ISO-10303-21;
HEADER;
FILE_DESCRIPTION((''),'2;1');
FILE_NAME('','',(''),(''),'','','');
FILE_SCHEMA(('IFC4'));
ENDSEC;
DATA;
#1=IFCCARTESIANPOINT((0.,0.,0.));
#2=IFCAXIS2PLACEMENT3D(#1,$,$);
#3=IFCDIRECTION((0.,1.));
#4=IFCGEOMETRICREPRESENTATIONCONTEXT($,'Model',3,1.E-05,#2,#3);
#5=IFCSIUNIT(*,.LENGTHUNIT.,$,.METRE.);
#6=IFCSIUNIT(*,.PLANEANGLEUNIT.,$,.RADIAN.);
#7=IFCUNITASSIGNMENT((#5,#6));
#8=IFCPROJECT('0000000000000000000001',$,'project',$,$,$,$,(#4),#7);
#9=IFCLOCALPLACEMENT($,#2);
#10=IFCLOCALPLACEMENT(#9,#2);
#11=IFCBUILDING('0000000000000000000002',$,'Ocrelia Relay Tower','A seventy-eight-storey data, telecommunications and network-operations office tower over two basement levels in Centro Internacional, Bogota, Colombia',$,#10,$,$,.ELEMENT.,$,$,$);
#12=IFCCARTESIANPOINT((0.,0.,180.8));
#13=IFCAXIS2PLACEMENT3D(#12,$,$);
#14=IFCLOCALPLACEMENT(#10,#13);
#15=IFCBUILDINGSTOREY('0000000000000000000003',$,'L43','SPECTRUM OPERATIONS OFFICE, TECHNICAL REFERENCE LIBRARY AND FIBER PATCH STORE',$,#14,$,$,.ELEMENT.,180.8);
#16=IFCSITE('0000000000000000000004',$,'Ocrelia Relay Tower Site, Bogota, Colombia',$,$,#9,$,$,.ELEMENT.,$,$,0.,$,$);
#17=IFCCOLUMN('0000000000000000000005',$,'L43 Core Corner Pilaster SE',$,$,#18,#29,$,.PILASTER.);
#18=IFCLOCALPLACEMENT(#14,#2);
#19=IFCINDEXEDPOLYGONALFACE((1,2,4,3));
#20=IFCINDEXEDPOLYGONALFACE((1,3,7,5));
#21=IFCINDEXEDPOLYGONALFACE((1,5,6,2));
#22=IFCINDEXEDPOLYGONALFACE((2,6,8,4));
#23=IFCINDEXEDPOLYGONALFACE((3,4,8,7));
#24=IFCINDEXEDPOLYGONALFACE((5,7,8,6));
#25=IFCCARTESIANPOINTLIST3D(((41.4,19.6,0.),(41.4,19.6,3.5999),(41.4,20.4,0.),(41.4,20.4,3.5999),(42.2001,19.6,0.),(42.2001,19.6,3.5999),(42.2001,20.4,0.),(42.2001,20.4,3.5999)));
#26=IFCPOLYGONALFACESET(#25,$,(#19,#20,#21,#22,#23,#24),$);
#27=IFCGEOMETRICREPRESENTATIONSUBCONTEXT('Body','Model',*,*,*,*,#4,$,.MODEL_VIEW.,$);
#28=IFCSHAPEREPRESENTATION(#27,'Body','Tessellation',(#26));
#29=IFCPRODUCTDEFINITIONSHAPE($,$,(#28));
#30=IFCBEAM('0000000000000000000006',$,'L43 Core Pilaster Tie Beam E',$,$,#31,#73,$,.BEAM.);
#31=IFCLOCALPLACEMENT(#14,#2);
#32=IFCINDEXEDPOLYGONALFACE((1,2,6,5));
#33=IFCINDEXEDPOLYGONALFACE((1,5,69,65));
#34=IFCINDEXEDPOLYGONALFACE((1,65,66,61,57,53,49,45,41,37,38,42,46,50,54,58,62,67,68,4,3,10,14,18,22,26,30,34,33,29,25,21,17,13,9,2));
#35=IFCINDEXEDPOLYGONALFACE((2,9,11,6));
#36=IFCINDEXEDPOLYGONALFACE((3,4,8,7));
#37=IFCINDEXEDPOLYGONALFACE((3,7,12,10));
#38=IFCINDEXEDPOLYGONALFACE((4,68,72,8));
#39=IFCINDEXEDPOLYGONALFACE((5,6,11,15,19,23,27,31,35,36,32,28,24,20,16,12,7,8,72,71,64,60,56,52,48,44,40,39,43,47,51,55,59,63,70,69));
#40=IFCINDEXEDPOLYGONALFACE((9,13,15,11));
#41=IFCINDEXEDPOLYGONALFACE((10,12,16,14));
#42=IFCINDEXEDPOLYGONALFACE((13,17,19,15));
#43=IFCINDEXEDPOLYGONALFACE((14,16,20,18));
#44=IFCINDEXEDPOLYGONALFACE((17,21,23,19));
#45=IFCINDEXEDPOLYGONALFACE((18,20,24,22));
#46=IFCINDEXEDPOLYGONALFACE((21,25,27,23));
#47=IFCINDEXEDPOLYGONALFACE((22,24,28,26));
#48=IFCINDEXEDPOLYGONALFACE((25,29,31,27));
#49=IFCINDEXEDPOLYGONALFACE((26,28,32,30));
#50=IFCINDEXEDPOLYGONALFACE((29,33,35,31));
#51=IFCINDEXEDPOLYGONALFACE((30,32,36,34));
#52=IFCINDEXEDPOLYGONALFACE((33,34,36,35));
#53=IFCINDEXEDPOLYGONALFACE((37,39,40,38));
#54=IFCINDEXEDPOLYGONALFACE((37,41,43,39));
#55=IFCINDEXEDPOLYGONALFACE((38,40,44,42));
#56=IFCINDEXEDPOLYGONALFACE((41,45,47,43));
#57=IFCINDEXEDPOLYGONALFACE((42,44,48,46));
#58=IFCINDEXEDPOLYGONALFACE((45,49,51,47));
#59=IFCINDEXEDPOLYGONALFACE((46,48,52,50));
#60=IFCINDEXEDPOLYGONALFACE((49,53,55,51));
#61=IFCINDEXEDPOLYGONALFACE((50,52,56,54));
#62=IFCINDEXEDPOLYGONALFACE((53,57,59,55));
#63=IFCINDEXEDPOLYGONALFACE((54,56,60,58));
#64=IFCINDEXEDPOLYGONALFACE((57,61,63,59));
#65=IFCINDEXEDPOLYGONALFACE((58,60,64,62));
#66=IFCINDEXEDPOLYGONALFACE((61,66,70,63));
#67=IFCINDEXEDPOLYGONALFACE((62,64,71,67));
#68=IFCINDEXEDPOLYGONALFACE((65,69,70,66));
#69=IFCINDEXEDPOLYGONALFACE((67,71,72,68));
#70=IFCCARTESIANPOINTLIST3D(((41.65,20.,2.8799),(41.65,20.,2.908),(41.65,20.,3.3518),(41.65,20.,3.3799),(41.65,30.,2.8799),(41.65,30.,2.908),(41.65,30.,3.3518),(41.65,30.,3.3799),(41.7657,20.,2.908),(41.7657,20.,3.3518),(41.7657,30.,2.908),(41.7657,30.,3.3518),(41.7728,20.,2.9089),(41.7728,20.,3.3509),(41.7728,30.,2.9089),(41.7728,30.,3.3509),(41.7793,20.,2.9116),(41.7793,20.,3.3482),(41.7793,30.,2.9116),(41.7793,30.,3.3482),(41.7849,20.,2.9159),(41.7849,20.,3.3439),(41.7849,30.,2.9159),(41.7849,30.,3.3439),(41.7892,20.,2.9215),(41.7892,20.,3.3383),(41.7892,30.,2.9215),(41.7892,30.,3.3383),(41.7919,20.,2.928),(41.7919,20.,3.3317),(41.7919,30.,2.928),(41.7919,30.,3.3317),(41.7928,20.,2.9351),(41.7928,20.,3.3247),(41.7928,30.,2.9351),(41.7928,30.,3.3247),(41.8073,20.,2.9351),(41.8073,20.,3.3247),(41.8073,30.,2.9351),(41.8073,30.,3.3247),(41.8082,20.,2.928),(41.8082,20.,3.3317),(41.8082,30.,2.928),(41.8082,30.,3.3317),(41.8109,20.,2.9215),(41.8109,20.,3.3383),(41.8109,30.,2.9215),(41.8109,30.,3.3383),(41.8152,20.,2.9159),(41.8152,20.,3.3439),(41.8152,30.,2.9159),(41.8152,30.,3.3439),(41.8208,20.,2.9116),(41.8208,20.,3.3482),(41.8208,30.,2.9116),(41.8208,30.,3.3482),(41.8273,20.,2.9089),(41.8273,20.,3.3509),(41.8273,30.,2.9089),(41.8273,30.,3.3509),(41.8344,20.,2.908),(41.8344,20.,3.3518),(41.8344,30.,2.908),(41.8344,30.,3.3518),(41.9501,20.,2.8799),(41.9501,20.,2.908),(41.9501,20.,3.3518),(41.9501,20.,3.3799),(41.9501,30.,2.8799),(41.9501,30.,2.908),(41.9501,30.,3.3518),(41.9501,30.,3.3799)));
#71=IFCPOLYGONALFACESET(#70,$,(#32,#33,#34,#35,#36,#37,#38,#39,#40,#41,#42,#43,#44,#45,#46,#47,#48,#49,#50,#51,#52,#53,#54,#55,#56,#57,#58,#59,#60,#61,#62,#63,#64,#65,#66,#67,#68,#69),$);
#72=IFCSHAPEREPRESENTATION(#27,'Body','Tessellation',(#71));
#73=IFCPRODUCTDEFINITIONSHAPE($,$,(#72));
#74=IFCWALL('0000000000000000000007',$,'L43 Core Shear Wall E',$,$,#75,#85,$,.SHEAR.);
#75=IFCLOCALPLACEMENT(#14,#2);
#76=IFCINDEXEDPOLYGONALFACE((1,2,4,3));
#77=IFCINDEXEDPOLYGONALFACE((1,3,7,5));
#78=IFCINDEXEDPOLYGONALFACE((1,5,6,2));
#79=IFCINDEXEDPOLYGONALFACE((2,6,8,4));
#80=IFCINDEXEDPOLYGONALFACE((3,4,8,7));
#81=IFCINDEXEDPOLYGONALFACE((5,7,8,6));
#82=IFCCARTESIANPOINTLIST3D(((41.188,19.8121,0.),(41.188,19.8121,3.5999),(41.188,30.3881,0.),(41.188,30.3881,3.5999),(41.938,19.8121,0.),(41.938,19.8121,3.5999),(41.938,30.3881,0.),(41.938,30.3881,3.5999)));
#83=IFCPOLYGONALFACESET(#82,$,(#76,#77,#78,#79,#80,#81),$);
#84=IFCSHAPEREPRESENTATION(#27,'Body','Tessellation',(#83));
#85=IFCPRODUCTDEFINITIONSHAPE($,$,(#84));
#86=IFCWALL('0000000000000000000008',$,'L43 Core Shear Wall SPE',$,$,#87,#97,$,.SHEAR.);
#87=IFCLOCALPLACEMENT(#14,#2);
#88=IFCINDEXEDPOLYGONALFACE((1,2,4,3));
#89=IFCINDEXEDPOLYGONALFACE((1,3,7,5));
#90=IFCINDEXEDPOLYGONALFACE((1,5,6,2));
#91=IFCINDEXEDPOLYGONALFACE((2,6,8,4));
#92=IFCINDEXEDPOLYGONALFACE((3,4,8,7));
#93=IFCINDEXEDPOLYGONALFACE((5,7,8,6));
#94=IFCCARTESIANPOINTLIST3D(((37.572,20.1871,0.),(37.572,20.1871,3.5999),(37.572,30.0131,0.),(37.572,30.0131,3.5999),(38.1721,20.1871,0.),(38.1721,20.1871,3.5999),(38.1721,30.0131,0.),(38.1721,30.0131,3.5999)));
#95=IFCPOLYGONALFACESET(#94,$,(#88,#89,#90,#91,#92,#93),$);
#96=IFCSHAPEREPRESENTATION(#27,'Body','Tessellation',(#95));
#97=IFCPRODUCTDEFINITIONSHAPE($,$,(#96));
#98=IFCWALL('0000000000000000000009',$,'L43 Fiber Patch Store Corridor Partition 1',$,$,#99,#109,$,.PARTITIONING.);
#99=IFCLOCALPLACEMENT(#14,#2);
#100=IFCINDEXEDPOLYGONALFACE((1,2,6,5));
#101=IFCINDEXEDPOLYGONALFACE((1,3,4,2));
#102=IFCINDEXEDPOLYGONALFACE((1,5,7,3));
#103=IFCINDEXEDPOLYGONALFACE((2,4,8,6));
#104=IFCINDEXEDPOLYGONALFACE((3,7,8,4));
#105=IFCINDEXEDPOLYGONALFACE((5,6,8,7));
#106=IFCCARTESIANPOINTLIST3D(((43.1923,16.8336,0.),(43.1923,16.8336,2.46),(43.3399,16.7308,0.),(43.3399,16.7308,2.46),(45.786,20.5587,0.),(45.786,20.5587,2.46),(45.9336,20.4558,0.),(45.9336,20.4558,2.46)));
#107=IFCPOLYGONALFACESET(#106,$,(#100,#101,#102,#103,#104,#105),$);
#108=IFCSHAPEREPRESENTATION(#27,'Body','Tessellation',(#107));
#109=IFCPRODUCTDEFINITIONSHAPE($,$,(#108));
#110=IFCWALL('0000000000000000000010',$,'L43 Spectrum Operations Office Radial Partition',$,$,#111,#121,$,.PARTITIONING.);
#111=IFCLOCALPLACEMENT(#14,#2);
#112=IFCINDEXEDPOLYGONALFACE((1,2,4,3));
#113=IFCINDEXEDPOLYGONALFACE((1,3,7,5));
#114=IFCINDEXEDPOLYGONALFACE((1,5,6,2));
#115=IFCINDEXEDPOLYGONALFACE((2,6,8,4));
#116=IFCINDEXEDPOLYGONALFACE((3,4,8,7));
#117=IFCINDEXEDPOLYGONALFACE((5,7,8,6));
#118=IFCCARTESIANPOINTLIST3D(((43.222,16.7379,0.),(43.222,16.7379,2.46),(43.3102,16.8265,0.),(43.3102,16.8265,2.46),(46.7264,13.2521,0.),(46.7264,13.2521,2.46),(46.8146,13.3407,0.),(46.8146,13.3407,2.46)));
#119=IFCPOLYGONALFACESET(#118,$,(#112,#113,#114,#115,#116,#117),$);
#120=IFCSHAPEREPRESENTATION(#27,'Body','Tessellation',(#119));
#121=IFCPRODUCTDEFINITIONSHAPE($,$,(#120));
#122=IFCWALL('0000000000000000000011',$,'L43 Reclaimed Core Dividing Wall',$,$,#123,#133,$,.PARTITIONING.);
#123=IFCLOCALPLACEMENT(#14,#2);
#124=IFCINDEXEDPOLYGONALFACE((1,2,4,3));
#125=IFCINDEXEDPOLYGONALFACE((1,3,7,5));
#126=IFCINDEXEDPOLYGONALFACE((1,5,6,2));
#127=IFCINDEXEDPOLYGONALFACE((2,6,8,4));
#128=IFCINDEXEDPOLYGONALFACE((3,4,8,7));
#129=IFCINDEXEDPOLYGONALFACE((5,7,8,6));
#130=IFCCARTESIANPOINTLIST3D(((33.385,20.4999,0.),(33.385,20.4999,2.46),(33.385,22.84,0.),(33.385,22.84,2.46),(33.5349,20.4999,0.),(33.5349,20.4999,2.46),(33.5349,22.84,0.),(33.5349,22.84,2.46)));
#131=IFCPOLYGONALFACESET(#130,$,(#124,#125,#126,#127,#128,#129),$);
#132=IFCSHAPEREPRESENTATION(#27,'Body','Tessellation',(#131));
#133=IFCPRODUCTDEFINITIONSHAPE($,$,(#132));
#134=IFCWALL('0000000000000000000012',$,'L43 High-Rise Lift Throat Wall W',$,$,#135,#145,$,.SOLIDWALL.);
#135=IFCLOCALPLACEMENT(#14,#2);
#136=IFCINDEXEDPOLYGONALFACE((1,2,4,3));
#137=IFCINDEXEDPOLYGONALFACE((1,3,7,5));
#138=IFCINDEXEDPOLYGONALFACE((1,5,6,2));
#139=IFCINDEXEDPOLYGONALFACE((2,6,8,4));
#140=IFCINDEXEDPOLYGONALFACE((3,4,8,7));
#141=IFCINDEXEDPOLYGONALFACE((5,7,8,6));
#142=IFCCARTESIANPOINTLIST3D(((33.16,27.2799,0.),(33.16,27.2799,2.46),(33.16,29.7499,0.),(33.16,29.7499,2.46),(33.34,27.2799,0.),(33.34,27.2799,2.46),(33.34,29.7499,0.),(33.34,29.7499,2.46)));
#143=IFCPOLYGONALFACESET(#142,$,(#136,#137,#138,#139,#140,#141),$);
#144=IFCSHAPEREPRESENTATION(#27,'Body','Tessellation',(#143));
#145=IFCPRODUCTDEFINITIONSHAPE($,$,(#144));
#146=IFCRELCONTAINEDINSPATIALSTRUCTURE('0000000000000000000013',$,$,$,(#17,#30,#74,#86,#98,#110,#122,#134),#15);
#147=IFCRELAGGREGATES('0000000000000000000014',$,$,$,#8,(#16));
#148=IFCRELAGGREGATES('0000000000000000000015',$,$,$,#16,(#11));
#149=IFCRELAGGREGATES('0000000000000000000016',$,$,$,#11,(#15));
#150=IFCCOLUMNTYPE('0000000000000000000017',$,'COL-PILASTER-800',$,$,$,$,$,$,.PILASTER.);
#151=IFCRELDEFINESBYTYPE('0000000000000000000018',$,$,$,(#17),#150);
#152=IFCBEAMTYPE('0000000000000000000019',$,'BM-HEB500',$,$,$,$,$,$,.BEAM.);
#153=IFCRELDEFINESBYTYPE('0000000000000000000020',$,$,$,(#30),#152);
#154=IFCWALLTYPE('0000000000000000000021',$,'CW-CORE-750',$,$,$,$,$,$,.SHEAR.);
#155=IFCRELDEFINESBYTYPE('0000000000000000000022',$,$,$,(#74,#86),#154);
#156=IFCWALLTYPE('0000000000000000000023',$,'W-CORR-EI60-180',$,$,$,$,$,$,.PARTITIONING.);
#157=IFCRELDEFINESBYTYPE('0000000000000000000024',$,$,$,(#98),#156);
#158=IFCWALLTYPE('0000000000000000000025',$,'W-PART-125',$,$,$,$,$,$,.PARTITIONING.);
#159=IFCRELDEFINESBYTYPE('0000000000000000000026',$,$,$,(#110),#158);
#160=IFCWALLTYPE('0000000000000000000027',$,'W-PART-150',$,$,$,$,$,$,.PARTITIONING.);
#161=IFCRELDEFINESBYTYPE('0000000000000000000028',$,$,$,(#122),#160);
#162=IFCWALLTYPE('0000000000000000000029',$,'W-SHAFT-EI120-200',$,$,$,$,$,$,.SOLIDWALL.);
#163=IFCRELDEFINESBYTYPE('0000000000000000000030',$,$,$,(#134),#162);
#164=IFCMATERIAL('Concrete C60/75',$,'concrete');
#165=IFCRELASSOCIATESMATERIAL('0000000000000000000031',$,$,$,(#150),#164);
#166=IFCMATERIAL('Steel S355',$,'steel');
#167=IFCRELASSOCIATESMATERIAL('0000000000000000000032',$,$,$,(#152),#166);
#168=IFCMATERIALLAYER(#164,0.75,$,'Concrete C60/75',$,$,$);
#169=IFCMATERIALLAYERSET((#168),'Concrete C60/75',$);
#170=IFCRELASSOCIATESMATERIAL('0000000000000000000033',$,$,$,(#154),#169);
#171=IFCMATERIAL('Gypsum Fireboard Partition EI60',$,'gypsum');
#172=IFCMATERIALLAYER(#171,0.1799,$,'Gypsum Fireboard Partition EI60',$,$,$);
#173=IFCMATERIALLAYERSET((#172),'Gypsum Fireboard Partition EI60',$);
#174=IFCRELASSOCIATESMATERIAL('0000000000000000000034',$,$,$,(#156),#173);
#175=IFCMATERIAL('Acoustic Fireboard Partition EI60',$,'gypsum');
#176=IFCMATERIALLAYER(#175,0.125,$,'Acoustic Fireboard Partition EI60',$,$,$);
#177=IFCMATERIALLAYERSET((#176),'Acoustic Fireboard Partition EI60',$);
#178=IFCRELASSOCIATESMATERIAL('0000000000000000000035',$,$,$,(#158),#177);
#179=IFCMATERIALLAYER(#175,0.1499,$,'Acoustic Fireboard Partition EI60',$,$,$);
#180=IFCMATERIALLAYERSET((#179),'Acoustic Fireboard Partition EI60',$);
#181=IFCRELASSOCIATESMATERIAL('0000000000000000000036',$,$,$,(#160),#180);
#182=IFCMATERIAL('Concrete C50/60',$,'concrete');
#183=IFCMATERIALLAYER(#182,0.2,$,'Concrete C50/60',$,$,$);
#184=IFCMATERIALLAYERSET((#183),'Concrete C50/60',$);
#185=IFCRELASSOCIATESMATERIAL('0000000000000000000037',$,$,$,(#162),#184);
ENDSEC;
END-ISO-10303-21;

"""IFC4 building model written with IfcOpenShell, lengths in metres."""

from ifc_helpers import new_model, si_unit, direction, frame, frame_2d, origin, origin_2d, place, context, subcontext, project, spatial, rectangle, i_section, extrude, material, layer, layer_set, material_profile, profile_set, type_object, element, save


model = new_model("IFC4")

# Units and contexts
model_context = context("Model", 3, precision=1e-05, world=origin(), true_north=direction((0.0, 1.0)))
body_context = subcontext(model_context, "Body", "Model", "MODEL_VIEW")
ifc_project = project(units=[si_unit("LENGTHUNIT", "METRE"), si_unit("PLANEANGLEUNIT", "RADIAN")], contexts=[model_context])

# Site, building, storey
site_placement = place(None, origin())
site = spatial("IfcSite", under=ifc_project, at=site_placement, Name="Ocrelia Relay Tower Site, Bogota, Colombia", CompositionType="ELEMENT", RefElevation=0.0)
building_placement = place(site_placement, origin())
building = spatial("IfcBuilding", under=site, at=building_placement, Name="Ocrelia Relay Tower", Description="A seventy-eight-storey data, telecommunications and network-operations office tower over two basement levels in Centro Internacional, Bogota, Colombia", CompositionType="ELEMENT")
storey_placement = place(building_placement, frame((0.0, 0.0, 180.8)))
storey = spatial("IfcBuildingStorey", under=building, at=storey_placement, Name="L43", Description="SPECTRUM OPERATIONS OFFICE, TECHNICAL REFERENCE LIBRARY AND FIBER PATCH STORE", CompositionType="ELEMENT", Elevation=180.8)

# Column
ifc_material_1 = material(Name="Concrete C60/75", Category="concrete")
ifc_material_profile_1 = material_profile(ifc_material_1, rectangle(XDim=0.8, YDim=0.8, at=origin_2d()), Name="RC-COL-800x800")
ifc_profile_set_1 = profile_set([ifc_material_profile_1], Name="Concrete C60/75")
column_type = type_object("IfcColumnType", Name="COL-PILASTER-800", PredefinedType="PILASTER", material=ifc_profile_set_1)
column_placement = place(storey_placement, frame((41.8, 20.0, 0.0), z_axis=(0.0, 0.0, 1.0), x_axis=(1.0, 0.0, 0.0)))
element("IfcColumn", 1, at=column_placement, inside=storey, type_object=column_type, Name="L43 Core Corner Pilaster SE", PredefinedType="PILASTER", context=body_context, shape_type="SweptSolid", body=[
    extrude(rectangle(XDim=0.8, YDim=0.8, at=origin_2d()), origin(), (0.0, 0.0, 1.0), 3.5999),
])

# Beam
ifc_material_2 = material(Name="Steel S355", Category="steel")
ifc_material_profile_2 = material_profile(ifc_material_2, i_section(OverallWidth=0.3, OverallDepth=0.5, WebThickness=0.0144, FlangeThickness=0.0281, FilletRadius=0.0271, at=origin_2d()), Name="HEB 500")
ifc_profile_set_2 = profile_set([ifc_material_profile_2], Name="Steel S355")
beam_type = type_object("IfcBeamType", Name="BM-HEB500", PredefinedType="BEAM", material=ifc_profile_set_2)
beam_placement = place(storey_placement, frame((41.8, 20.0, 3.1299), z_axis=(0.0, 1.0, 0.0), x_axis=(-1.0, 0.0, 0.0)))
element("IfcBeam", 2, at=beam_placement, inside=storey, type_object=beam_type, Name="L43 Core Pilaster Tie Beam E", PredefinedType="BEAM", context=body_context, shape_type="SweptSolid", body=[
    extrude(i_section(OverallWidth=0.3, OverallDepth=0.5, WebThickness=0.0144, FlangeThickness=0.0281, FilletRadius=0.0271, at=origin_2d()), origin(), (0.0, 0.0, 1.0), 10.0),
])

# Walls
ifc_layer_1 = layer(ifc_material_1, 0.75, Name="Concrete C60/75")
ifc_layer_set_1 = layer_set([ifc_layer_1], Name="Concrete C60/75")
wall_type_1 = type_object("IfcWallType", Name="CW-CORE-750", PredefinedType="SHEAR", material=ifc_layer_set_1)
wall_1_placement = place(storey_placement, frame((41.563, 19.812, 0.0), z_axis=(0.0, 0.0, 1.0), x_axis=(0.0, 1.0, 0.0)))
element("IfcWall", 3, at=wall_1_placement, inside=storey, type_object=wall_type_1, Name="L43 Core Shear Wall E", PredefinedType="SHEAR", context=body_context, shape_type="SweptSolid", body=[
    extrude(rectangle(XDim=10.5759, YDim=0.75, at=frame_2d((5.2881, 0.0))), origin(), (0.0, 0.0, 1.0), 3.5999),
])
wall_2_placement = place(storey_placement, frame((37.8721, 20.187, 0.0), z_axis=(0.0, 0.0, 1.0), x_axis=(0.0, 1.0, 0.0)))
element("IfcWall", 4, at=wall_2_placement, inside=storey, type_object=wall_type_1, Name="L43 Core Shear Wall SPE", PredefinedType="SHEAR", context=body_context, shape_type="SweptSolid", body=[
    extrude(rectangle(XDim=9.8259, YDim=0.6001, at=frame_2d((4.9131, 0.0))), origin(), (0.0, 0.0, 1.0), 3.5999),
])
ifc_material_3 = material(Name="Gypsum Fireboard Partition EI60", Category="gypsum")
ifc_layer_2 = layer(ifc_material_3, 0.1799, Name="Gypsum Fireboard Partition EI60")
ifc_layer_set_2 = layer_set([ifc_layer_2], Name="Gypsum Fireboard Partition EI60")
wall_type_2 = type_object("IfcWallType", Name="W-CORR-EI60-180", PredefinedType="PARTITIONING", material=ifc_layer_set_2)
wall_3_placement = place(storey_placement, frame((43.2661, 16.7822, 0.0), z_axis=(0.0, 0.0, 1.0), x_axis=(0.571417, 0.82066, 0.0)))
element("IfcWall", 5, at=wall_3_placement, inside=storey, type_object=wall_type_2, Name="L43 Fiber Patch Store Corridor Partition 1", PredefinedType="PARTITIONING", context=body_context, shape_type="SweptSolid", body=[
    extrude(rectangle(XDim=4.5391, YDim=0.1799, at=frame_2d((2.2695, 0.0))), origin(), (0.0, 0.0, 1.0), 2.46),
])
ifc_material_4 = material(Name="Acoustic Fireboard Partition EI60", Category="gypsum")
ifc_layer_3 = layer(ifc_material_4, 0.125, Name="Acoustic Fireboard Partition EI60")
ifc_layer_set_3 = layer_set([ifc_layer_3], Name="Acoustic Fireboard Partition EI60")
wall_type_3 = type_object("IfcWallType", Name="W-PART-125", PredefinedType="PARTITIONING", material=ifc_layer_set_3)
wall_4_placement = place(storey_placement, frame((43.2661, 16.7822, 0.0), z_axis=(0.0, 0.0, 1.0), x_axis=(0.708981, -0.705227, 0.0)))
element("IfcWall", 6, at=wall_4_placement, inside=storey, type_object=wall_type_3, Name="L43 Spectrum Operations Office Radial Partition", PredefinedType="PARTITIONING", context=body_context, shape_type="SweptSolid", body=[
    extrude(rectangle(XDim=4.9429, YDim=0.125, at=frame_2d((2.4714, 0.0))), origin(), (0.0, 0.0, 1.0), 2.46),
])
ifc_layer_4 = layer(ifc_material_4, 0.1499, Name="Acoustic Fireboard Partition EI60")
ifc_layer_set_4 = layer_set([ifc_layer_4], Name="Acoustic Fireboard Partition EI60")
wall_type_4 = type_object("IfcWallType", Name="W-PART-150", PredefinedType="PARTITIONING", material=ifc_layer_set_4)
wall_5_placement = place(storey_placement, frame((33.46, 20.5, 0.0), z_axis=(0.0, 0.0, 1.0), x_axis=(0.0, 1.0, 0.0)))
element("IfcWall", 7, at=wall_5_placement, inside=storey, type_object=wall_type_4, Name="L43 Reclaimed Core Dividing Wall", PredefinedType="PARTITIONING", context=body_context, shape_type="SweptSolid", body=[
    extrude(rectangle(XDim=2.3401, YDim=0.1499, at=frame_2d((1.1699, 0.0))), origin(), (0.0, 0.0, 1.0), 2.46),
])
ifc_material_5 = material(Name="Concrete C50/60", Category="concrete")
ifc_layer_5 = layer(ifc_material_5, 0.2, Name="Concrete C50/60")
ifc_layer_set_5 = layer_set([ifc_layer_5], Name="Concrete C50/60")
wall_type_5 = type_object("IfcWallType", Name="W-SHAFT-EI120-200", PredefinedType="SOLIDWALL", material=ifc_layer_set_5)
wall_6_placement = place(storey_placement, frame((33.25, 27.28, 0.0), z_axis=(0.0, 0.0, 1.0), x_axis=(0.0, 1.0, 0.0)))
element("IfcWall", 8, at=wall_6_placement, inside=storey, type_object=wall_type_5, Name="L43 High-Rise Lift Throat Wall W", PredefinedType="SOLIDWALL", context=body_context, shape_type="SweptSolid", body=[
    extrude(rectangle(XDim=2.47, YDim=0.1799, at=frame_2d((1.2349, 0.0))), origin(), (0.0, 0.0, 1.0), 2.46),
])

save(model, "model.ifc")
